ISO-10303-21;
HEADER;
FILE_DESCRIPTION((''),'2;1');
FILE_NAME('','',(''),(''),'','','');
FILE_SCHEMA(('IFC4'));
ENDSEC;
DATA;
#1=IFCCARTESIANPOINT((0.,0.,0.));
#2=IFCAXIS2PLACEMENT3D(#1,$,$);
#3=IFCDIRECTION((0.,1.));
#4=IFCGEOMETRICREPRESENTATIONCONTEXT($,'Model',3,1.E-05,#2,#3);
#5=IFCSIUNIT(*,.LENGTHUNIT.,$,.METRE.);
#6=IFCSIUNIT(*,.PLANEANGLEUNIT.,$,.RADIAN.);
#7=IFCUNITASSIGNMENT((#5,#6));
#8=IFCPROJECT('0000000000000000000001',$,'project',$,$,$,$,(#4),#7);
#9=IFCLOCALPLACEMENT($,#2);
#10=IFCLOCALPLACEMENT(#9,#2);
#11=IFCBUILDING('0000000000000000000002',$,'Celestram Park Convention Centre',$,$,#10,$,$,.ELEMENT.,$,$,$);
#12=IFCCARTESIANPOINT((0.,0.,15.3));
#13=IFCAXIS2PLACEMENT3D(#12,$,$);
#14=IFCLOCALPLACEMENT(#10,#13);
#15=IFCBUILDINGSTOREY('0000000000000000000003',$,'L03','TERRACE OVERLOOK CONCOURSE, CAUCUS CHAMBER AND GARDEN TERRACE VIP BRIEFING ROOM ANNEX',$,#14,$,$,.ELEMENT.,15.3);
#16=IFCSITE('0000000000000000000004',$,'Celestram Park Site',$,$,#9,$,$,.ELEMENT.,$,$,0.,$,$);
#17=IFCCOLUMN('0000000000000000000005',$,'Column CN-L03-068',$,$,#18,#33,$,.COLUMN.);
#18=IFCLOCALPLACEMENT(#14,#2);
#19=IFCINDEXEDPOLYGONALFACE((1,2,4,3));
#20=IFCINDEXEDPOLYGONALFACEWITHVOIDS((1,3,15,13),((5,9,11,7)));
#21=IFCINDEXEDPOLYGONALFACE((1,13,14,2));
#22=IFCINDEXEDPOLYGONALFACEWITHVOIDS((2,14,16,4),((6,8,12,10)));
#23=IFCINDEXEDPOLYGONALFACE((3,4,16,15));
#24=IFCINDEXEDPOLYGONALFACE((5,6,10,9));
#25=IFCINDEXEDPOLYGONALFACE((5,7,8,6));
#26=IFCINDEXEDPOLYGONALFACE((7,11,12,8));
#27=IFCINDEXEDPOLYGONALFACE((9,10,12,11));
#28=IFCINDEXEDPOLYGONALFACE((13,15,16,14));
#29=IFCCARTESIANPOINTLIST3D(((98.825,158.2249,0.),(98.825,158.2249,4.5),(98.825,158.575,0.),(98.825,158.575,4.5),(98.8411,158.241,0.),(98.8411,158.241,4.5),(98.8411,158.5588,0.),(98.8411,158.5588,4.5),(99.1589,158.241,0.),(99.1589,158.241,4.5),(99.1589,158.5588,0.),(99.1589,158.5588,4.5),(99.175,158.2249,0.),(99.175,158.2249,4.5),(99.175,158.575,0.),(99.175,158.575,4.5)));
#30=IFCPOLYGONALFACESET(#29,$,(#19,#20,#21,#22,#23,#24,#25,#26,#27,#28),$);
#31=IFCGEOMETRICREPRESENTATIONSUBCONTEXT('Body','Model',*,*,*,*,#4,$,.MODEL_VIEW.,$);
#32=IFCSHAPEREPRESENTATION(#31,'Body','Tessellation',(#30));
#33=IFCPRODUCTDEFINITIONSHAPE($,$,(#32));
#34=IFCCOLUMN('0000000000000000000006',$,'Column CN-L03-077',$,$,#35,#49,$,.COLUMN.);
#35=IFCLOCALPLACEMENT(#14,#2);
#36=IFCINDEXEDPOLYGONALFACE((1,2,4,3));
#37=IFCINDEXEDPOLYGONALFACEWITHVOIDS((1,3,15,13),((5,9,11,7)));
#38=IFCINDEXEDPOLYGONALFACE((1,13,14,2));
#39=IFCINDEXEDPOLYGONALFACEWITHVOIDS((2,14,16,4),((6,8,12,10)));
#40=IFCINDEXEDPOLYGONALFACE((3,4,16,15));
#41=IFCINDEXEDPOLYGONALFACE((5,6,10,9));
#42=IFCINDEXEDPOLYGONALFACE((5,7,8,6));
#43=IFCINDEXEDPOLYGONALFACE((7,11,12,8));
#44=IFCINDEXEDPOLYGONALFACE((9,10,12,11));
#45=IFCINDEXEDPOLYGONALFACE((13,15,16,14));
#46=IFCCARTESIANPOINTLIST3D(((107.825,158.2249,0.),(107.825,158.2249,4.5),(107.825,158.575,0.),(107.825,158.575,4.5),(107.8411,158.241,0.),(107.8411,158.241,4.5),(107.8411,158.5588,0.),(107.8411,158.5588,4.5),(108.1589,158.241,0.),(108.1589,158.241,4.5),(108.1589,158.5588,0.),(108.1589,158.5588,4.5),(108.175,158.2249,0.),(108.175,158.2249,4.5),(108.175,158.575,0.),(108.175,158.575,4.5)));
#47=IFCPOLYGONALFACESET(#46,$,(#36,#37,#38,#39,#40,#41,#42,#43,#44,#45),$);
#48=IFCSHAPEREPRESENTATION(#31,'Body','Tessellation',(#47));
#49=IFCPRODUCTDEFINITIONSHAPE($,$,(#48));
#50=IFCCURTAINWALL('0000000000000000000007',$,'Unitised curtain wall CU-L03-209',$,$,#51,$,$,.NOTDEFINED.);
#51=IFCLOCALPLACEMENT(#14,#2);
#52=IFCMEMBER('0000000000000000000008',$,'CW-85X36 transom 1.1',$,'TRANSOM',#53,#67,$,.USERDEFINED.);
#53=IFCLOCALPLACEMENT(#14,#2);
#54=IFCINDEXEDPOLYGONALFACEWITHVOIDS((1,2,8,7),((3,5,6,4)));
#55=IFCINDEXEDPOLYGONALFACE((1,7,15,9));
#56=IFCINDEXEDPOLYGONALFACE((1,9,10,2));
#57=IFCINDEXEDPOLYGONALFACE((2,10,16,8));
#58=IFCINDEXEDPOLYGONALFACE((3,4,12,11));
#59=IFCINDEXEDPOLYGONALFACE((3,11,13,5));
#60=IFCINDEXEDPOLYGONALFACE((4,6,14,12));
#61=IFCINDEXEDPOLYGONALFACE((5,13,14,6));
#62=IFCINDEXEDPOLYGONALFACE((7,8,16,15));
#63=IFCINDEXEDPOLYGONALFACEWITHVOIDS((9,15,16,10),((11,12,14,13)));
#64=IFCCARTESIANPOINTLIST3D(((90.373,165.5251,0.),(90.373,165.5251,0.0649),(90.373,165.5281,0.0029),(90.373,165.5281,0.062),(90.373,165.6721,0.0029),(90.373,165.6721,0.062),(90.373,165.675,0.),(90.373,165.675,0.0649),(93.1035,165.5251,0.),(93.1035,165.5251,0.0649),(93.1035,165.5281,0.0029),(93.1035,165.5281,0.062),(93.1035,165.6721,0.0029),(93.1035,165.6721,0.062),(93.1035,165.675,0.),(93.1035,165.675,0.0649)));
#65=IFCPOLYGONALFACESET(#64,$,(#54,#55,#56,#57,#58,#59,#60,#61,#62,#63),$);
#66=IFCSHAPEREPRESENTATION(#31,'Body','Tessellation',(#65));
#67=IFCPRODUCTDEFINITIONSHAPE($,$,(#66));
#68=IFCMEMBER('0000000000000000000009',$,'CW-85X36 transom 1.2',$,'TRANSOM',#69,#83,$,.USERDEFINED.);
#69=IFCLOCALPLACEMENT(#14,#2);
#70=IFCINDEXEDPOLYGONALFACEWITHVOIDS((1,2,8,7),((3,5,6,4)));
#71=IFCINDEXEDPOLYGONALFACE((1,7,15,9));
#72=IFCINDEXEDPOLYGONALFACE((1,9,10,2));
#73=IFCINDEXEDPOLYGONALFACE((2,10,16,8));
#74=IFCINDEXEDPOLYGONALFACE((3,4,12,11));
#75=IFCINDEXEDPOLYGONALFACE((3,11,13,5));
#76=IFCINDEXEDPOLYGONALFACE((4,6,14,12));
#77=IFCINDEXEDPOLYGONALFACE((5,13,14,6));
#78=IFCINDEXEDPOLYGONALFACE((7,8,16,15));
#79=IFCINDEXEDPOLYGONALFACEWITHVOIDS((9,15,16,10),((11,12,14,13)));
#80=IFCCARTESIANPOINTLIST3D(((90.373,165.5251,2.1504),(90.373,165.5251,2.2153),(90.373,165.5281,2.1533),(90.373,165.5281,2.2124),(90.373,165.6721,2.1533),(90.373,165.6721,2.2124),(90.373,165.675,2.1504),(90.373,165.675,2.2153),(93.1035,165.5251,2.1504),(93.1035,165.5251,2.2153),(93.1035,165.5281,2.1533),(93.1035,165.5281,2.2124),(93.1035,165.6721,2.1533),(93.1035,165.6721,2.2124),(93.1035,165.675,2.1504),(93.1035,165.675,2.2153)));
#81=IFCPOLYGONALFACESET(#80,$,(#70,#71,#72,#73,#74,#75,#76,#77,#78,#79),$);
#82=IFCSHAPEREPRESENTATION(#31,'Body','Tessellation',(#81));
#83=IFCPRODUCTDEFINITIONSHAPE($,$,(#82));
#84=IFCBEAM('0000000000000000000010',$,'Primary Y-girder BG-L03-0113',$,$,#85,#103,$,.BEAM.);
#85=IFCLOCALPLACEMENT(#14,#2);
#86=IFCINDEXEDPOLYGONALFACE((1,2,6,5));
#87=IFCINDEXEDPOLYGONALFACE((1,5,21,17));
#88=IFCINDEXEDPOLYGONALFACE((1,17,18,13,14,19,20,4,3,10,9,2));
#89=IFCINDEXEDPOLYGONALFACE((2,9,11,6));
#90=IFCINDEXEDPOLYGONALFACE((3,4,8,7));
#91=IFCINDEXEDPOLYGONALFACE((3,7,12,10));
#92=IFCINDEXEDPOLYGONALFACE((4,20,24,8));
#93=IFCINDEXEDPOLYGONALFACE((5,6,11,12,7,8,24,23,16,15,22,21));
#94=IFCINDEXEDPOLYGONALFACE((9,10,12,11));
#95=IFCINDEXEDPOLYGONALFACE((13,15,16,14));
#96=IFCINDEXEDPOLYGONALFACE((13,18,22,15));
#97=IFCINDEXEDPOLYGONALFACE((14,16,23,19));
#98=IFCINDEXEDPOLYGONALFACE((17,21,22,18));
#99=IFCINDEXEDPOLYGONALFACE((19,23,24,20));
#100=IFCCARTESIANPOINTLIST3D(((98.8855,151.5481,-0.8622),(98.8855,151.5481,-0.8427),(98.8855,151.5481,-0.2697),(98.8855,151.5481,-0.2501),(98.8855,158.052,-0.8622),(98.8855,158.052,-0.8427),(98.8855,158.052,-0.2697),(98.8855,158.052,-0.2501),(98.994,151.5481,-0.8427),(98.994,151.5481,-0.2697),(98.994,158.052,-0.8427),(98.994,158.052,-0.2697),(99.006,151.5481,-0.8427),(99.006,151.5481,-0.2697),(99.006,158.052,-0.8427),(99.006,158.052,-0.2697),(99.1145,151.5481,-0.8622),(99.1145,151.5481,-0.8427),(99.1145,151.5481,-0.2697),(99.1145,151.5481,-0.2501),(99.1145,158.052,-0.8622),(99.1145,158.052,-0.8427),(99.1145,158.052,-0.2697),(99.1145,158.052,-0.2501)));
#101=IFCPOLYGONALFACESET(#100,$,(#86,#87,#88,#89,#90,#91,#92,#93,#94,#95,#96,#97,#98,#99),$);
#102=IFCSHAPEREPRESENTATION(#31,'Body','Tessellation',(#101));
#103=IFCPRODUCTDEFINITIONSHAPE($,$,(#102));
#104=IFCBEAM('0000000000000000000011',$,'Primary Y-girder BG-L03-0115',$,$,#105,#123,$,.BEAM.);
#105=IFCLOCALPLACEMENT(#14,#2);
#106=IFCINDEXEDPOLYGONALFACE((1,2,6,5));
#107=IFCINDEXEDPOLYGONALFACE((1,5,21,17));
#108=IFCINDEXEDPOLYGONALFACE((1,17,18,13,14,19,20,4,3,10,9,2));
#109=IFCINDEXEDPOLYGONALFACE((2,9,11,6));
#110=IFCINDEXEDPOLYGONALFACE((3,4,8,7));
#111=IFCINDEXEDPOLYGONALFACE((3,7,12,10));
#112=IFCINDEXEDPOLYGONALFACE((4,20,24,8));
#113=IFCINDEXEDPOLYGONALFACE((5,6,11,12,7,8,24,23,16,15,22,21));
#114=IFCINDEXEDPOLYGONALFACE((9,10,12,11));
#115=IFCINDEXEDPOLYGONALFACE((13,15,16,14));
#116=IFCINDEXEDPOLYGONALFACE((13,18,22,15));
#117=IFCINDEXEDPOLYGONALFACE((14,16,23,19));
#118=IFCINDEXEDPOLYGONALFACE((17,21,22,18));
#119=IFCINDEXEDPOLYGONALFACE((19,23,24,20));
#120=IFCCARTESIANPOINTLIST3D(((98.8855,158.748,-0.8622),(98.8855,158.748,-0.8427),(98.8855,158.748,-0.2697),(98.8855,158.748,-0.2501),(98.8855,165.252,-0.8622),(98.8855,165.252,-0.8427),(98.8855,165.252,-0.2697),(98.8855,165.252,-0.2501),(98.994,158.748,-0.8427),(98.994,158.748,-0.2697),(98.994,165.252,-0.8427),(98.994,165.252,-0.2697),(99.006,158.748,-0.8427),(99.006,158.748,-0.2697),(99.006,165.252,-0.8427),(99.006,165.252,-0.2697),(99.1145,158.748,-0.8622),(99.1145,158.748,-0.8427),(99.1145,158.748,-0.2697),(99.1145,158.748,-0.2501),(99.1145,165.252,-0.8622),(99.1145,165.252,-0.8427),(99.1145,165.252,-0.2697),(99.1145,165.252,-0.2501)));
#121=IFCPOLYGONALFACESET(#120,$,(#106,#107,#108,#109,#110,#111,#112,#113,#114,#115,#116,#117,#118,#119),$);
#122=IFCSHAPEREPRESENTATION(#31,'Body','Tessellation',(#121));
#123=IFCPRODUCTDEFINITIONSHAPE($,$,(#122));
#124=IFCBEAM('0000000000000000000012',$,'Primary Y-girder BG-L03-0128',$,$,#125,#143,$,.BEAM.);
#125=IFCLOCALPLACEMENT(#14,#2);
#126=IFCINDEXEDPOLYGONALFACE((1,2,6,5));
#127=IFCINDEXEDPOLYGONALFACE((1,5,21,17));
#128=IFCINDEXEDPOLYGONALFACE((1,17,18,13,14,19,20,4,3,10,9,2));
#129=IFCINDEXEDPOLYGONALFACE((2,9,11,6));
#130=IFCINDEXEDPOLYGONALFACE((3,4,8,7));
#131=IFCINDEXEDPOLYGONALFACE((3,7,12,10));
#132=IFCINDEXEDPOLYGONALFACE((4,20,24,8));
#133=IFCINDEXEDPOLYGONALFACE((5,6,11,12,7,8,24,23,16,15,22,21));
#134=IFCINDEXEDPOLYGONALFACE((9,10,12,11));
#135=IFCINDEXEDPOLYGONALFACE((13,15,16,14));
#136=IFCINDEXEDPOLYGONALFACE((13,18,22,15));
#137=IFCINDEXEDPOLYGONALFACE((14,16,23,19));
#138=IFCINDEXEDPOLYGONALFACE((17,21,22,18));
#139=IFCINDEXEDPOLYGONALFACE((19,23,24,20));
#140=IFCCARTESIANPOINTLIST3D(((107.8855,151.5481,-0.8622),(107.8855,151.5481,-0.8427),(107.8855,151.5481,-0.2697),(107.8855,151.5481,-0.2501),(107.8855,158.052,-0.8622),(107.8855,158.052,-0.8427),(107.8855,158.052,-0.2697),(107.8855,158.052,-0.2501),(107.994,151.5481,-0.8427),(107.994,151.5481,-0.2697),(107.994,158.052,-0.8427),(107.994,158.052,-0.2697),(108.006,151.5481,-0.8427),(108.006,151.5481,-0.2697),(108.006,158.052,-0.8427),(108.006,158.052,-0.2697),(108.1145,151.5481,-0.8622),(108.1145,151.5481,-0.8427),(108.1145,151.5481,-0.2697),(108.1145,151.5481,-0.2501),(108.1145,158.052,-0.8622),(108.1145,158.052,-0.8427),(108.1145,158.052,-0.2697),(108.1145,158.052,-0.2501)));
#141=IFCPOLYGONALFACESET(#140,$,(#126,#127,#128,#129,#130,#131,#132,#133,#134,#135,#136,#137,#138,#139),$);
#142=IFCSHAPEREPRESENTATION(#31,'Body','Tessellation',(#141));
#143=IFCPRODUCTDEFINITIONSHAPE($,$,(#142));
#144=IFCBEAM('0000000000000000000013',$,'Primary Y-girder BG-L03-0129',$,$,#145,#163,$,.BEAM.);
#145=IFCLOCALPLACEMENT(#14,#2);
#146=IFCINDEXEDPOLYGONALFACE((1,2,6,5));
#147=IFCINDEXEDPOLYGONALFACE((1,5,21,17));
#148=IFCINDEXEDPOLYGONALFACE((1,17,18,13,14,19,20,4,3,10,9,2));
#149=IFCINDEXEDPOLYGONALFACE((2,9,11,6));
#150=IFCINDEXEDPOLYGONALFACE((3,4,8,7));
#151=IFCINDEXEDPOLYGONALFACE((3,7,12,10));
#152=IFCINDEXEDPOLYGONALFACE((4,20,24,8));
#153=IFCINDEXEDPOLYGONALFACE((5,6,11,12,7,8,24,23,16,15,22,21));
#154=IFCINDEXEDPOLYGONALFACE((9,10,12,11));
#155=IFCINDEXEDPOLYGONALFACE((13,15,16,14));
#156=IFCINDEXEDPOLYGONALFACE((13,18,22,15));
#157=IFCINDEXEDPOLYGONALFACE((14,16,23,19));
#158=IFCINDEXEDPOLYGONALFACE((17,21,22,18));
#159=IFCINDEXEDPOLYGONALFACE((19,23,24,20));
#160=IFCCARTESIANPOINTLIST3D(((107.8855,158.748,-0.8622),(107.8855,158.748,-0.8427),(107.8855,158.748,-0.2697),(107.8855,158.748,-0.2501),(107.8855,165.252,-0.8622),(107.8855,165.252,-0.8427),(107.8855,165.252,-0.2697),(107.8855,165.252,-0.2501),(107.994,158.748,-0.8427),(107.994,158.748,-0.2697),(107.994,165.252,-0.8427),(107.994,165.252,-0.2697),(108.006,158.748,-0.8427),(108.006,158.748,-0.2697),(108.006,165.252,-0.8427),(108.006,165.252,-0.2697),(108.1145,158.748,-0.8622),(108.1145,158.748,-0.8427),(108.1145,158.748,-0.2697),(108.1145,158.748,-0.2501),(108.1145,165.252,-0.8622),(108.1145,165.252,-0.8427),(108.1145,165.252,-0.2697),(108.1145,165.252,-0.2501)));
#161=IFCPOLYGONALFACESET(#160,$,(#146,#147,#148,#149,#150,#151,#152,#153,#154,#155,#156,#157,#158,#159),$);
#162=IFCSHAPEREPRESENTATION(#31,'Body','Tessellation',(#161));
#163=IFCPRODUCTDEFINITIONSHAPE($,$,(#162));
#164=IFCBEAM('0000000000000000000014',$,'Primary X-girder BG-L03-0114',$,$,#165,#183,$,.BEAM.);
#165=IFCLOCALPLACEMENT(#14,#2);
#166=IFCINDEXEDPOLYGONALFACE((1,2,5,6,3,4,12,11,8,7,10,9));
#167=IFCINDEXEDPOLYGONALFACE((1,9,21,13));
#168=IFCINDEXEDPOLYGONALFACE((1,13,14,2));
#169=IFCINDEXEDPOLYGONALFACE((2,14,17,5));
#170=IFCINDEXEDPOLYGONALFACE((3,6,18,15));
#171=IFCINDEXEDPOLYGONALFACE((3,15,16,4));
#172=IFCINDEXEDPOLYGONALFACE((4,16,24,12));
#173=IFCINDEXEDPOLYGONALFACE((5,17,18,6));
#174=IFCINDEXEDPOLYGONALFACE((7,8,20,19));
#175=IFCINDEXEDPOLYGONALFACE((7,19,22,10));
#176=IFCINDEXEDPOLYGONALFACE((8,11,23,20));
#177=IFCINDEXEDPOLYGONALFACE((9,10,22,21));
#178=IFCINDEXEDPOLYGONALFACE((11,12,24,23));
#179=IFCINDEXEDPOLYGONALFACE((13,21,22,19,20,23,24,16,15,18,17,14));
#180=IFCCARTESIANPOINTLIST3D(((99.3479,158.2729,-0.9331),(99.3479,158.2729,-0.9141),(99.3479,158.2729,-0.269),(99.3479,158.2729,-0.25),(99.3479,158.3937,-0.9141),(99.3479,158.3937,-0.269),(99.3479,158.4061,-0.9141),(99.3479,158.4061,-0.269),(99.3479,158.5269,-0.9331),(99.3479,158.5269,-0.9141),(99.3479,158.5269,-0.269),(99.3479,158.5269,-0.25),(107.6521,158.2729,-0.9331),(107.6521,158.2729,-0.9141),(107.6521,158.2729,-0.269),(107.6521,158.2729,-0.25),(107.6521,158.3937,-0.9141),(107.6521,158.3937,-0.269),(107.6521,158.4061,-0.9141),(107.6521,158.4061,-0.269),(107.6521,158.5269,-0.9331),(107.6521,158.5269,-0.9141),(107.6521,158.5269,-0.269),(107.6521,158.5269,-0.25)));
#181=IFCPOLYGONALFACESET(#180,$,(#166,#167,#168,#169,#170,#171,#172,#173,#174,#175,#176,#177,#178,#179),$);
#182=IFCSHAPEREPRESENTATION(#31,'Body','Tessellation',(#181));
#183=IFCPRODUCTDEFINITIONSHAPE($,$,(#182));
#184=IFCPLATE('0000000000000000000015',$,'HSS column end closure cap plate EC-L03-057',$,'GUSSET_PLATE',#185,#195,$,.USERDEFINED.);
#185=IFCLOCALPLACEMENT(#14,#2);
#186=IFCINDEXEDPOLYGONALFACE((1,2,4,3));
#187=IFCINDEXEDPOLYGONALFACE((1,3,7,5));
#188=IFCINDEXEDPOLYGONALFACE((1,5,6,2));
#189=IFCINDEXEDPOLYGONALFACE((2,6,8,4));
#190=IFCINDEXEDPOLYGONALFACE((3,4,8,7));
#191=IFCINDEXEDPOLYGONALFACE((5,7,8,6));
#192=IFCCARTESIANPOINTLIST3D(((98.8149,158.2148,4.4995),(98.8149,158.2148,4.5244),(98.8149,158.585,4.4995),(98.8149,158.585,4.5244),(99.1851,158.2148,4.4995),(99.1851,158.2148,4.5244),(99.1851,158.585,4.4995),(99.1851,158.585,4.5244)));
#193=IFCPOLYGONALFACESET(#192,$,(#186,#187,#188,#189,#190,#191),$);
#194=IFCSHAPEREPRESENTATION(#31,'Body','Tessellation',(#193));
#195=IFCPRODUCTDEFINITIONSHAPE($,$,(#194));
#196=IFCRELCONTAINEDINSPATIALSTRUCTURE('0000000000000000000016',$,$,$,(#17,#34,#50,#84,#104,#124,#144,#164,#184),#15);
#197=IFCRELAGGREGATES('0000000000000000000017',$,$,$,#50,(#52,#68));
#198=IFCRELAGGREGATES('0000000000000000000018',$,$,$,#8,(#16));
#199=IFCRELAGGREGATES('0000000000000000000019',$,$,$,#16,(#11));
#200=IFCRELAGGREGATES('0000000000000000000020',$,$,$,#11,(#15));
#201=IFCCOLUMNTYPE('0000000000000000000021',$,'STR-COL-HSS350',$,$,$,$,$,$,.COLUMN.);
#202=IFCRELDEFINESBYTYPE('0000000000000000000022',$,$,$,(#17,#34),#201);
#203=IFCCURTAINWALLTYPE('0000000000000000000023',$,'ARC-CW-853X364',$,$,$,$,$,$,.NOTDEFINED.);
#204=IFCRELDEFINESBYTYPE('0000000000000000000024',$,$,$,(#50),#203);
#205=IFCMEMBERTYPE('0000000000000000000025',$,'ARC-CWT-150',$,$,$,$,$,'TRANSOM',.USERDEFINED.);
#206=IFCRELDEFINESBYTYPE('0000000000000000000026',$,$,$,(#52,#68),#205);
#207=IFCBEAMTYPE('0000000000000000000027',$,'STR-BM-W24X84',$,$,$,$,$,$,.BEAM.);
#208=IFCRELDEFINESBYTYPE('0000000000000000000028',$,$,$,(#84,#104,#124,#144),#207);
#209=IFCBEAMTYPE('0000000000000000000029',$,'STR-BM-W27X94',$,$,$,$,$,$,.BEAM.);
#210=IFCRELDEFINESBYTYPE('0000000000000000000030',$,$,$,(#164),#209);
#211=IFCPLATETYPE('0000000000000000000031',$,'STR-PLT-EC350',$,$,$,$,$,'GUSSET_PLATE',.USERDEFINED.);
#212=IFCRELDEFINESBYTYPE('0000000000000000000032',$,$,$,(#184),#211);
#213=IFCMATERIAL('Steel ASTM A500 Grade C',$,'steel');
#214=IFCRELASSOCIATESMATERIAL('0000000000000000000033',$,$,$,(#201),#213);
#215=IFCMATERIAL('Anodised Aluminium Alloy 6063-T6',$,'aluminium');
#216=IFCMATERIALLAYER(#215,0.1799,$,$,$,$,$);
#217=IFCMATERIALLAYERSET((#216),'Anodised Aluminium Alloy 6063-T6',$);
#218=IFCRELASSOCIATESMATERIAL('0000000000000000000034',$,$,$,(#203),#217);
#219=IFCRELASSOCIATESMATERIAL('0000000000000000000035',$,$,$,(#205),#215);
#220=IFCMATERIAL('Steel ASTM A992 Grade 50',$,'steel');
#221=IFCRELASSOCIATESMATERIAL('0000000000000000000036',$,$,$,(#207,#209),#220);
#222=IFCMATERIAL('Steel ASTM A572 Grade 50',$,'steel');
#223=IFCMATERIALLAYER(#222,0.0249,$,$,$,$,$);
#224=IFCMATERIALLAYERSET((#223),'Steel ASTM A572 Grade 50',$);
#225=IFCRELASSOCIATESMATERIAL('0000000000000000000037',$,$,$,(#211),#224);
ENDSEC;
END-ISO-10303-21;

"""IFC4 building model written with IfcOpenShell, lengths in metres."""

from ifc_helpers import new_model, si_unit, direction, frame, origin, origin_2d, place, context, subcontext, project, spatial, rectangle, hollow_rectangle, i_section, extrude, material, layer, layer_set, material_profile, profile_set, type_object, element, aggregate, save


model = new_model("IFC4")

# Units and contexts
model_context = context("Model", 3, precision=1e-05, world=origin(), true_north=direction((0.0, 1.0)))
body_context = subcontext(model_context, "Body", "Model", "MODEL_VIEW")
ifc_project = project(units=[si_unit("LENGTHUNIT", "METRE"), si_unit("PLANEANGLEUNIT", "RADIAN")], contexts=[model_context])

# Site, building, storey
site_placement = place(None, origin())
site = spatial("IfcSite", under=ifc_project, at=site_placement, Name="Celestram Park Site", CompositionType="ELEMENT", RefElevation=0.0)
building_placement = place(site_placement, origin())
building = spatial("IfcBuilding", under=site, at=building_placement, Name="Celestram Park Convention Centre", CompositionType="ELEMENT")
storey_placement = place(building_placement, frame((0.0, 0.0, 15.3)))
storey = spatial("IfcBuildingStorey", under=building, at=storey_placement, Name="L03", Description="TERRACE OVERLOOK CONCOURSE, CAUCUS CHAMBER AND GARDEN TERRACE VIP BRIEFING ROOM ANNEX", CompositionType="ELEMENT", Elevation=15.3)

# Columns
ifc_material_1 = material(Name="Steel ASTM A500 Grade C", Category="steel")
ifc_material_profile_1 = material_profile(ifc_material_1, hollow_rectangle(XDim=0.3501, YDim=0.3501, WallThickness=0.0161, at=origin_2d()), Name="HSS350X350X16")
ifc_profile_set_1 = profile_set([ifc_material_profile_1], Name="Steel ASTM A500 Grade C")
column_type = type_object("IfcColumnType", Name="STR-COL-HSS350", PredefinedType="COLUMN", material=ifc_profile_set_1)
for number, where, z_axis, x_axis, name in (
    (1, (99.0, 158.3999, 0.0), (0.0, 0.0, 1.0), (1.0, 0.0, 0.0), "Column CN-L03-068"),
    (2, (108.0, 158.3999, 0.0), (0.0, 0.0, 1.0), (1.0, 0.0, 0.0), "Column CN-L03-077"),
):
    element("IfcColumn", number, at=place(storey_placement, frame(where, z_axis=z_axis, x_axis=x_axis)), inside=storey, type_object=column_type, Name=name, PredefinedType="COLUMN", context=body_context, shape_type="SweptSolid", body=[
        extrude(hollow_rectangle(XDim=0.3501, YDim=0.3501, WallThickness=0.0161, at=origin_2d()), origin(), (0.0, 0.0, 1.0), 4.5),
    ])

# Curtain wall, members
ifc_material_2 = material(Name="Anodised Aluminium Alloy 6063-T6", Category="aluminium")
ifc_layer_1 = layer(ifc_material_2, 0.1799)
ifc_layer_set_1 = layer_set([ifc_layer_1], Name="Anodised Aluminium Alloy 6063-T6")
curtain_wall_type = type_object("IfcCurtainWallType", Name="ARC-CW-853X364", PredefinedType="NOTDEFINED", material=ifc_layer_set_1)
curtain_wall_placement = place(storey_placement, origin())
curtain_wall = element("IfcCurtainWall", 3, at=curtain_wall_placement, inside=storey, type_object=curtain_wall_type, Name="Unitised curtain wall CU-L03-209", PredefinedType="NOTDEFINED")
ifc_material_profile_2 = material_profile(ifc_material_2, hollow_rectangle(XDim=0.1499, YDim=0.0649, WallThickness=0.0029, at=origin_2d()), Name="ALU150X65X3")
ifc_profile_set_2 = profile_set([ifc_material_profile_2], Name="Anodised Aluminium Alloy 6063-T6")
member_type = type_object("IfcMemberType", Name="ARC-CWT-150", ElementType="TRANSOM", PredefinedType="USERDEFINED", material=ifc_profile_set_2)
member_1_placement = place(storey_placement, frame((90.373, 165.6001, 0.0325), z_axis=(1.0, 0.0, 0.0), x_axis=(0.0, 1.0, 0.0)))
member_1 = element("IfcMember", 4, at=member_1_placement, type_object=member_type, Name="CW-85X36 transom 1.1", ObjectType="TRANSOM", PredefinedType="USERDEFINED", context=body_context, shape_type="SweptSolid", body=[
    extrude(hollow_rectangle(XDim=0.1499, YDim=0.0649, WallThickness=0.0029, at=origin_2d()), origin(), (0.0, 0.0, 1.0), 2.7305),
])
member_2_placement = place(storey_placement, frame((90.373, 165.6001, 2.1829), z_axis=(1.0, 0.0, 0.0), x_axis=(0.0, 1.0, 0.0)))
member_2 = element("IfcMember", 5, at=member_2_placement, type_object=member_type, Name="CW-85X36 transom 1.2", ObjectType="TRANSOM", PredefinedType="USERDEFINED", context=body_context, shape_type="SweptSolid", body=[
    extrude(hollow_rectangle(XDim=0.1499, YDim=0.0649, WallThickness=0.0029, at=origin_2d()), origin(), (0.0, 0.0, 1.0), 2.7305),
])
aggregate(curtain_wall, [member_1, member_2])

# Beams
ifc_material_3 = material(Name="Steel ASTM A992 Grade 50", Category="steel")
ifc_material_profile_3 = material_profile(ifc_material_3, i_section(OverallWidth=0.229, OverallDepth=0.6121, WebThickness=0.012, FlangeThickness=0.0195, at=origin_2d()), Name="W24X84")
ifc_profile_set_3 = profile_set([ifc_material_profile_3], Name="Steel ASTM A992 Grade 50")
beam_type_1 = type_object("IfcBeamType", Name="STR-BM-W24X84", PredefinedType="BEAM", material=ifc_profile_set_3)
for number, where, z_axis, x_axis, name in (
    (6, (99.0, 151.5481, -0.5562), (0.0, 1.0, 0.0), (-1.0, 0.0, 0.0), "Primary Y-girder BG-L03-0113"),
    (7, (99.0, 158.748, -0.5562), (0.0, 1.0, 0.0), (-1.0, 0.0, 0.0), "Primary Y-girder BG-L03-0115"),
    (8, (108.0, 151.5481, -0.5562), (0.0, 1.0, 0.0), (-1.0, 0.0, 0.0), "Primary Y-girder BG-L03-0128"),
    (9, (108.0, 158.748, -0.5562), (0.0, 1.0, 0.0), (-1.0, 0.0, 0.0), "Primary Y-girder BG-L03-0129"),
):
    element("IfcBeam", number, at=place(storey_placement, frame(where, z_axis=z_axis, x_axis=x_axis)), inside=storey, type_object=beam_type_1, Name=name, PredefinedType="BEAM", context=body_context, shape_type="SweptSolid", body=[
        extrude(i_section(OverallWidth=0.229, OverallDepth=0.6121, WebThickness=0.012, FlangeThickness=0.0195, at=origin_2d()), origin(), (0.0, 0.0, 1.0), 6.5039),
    ])
ifc_material_profile_4 = material_profile(ifc_material_3, i_section(OverallWidth=0.2539, OverallDepth=0.6831, WebThickness=0.0125, FlangeThickness=0.019, at=origin_2d()), Name="W27X94")
ifc_profile_set_4 = profile_set([ifc_material_profile_4], Name="Steel ASTM A992 Grade 50")
beam_type_2 = type_object("IfcBeamType", Name="STR-BM-W27X94", PredefinedType="BEAM", material=ifc_profile_set_4)
beam_placement = place(storey_placement, frame((99.3479, 158.3999, -0.5916), z_axis=(1.0, 0.0, 0.0), x_axis=(0.0, 1.0, 0.0)))
element("IfcBeam", 10, at=beam_placement, inside=storey, type_object=beam_type_2, Name="Primary X-girder BG-L03-0114", PredefinedType="BEAM", context=body_context, shape_type="SweptSolid", body=[
    extrude(i_section(OverallWidth=0.2539, OverallDepth=0.6831, WebThickness=0.0125, FlangeThickness=0.019, at=origin_2d()), origin(), (0.0, 0.0, 1.0), 8.3042),
])

# Plate
ifc_material_4 = material(Name="Steel ASTM A572 Grade 50", Category="steel")
ifc_layer_2 = layer(ifc_material_4, 0.0249)
ifc_layer_set_2 = layer_set([ifc_layer_2], Name="Steel ASTM A572 Grade 50")
plate_type = type_object("IfcPlateType", Name="STR-PLT-EC350", ElementType="GUSSET_PLATE", PredefinedType="USERDEFINED", material=ifc_layer_set_2)
plate_placement = place(storey_placement, frame((99.0, 158.3999, 4.4995), z_axis=(0.0, 0.0, 1.0), x_axis=(1.0, 0.0, 0.0)))
element("IfcPlate", 11, at=plate_placement, inside=storey, type_object=plate_type, Name="HSS column end closure cap plate EC-L03-057", ObjectType="GUSSET_PLATE", PredefinedType="USERDEFINED", context=body_context, shape_type="SweptSolid", body=[
    extrude(rectangle(XDim=0.3701, YDim=0.3701, at=origin_2d()), origin(), (0.0, 0.0, 1.0), 0.0249),
])

save(model, "model.ifc")
